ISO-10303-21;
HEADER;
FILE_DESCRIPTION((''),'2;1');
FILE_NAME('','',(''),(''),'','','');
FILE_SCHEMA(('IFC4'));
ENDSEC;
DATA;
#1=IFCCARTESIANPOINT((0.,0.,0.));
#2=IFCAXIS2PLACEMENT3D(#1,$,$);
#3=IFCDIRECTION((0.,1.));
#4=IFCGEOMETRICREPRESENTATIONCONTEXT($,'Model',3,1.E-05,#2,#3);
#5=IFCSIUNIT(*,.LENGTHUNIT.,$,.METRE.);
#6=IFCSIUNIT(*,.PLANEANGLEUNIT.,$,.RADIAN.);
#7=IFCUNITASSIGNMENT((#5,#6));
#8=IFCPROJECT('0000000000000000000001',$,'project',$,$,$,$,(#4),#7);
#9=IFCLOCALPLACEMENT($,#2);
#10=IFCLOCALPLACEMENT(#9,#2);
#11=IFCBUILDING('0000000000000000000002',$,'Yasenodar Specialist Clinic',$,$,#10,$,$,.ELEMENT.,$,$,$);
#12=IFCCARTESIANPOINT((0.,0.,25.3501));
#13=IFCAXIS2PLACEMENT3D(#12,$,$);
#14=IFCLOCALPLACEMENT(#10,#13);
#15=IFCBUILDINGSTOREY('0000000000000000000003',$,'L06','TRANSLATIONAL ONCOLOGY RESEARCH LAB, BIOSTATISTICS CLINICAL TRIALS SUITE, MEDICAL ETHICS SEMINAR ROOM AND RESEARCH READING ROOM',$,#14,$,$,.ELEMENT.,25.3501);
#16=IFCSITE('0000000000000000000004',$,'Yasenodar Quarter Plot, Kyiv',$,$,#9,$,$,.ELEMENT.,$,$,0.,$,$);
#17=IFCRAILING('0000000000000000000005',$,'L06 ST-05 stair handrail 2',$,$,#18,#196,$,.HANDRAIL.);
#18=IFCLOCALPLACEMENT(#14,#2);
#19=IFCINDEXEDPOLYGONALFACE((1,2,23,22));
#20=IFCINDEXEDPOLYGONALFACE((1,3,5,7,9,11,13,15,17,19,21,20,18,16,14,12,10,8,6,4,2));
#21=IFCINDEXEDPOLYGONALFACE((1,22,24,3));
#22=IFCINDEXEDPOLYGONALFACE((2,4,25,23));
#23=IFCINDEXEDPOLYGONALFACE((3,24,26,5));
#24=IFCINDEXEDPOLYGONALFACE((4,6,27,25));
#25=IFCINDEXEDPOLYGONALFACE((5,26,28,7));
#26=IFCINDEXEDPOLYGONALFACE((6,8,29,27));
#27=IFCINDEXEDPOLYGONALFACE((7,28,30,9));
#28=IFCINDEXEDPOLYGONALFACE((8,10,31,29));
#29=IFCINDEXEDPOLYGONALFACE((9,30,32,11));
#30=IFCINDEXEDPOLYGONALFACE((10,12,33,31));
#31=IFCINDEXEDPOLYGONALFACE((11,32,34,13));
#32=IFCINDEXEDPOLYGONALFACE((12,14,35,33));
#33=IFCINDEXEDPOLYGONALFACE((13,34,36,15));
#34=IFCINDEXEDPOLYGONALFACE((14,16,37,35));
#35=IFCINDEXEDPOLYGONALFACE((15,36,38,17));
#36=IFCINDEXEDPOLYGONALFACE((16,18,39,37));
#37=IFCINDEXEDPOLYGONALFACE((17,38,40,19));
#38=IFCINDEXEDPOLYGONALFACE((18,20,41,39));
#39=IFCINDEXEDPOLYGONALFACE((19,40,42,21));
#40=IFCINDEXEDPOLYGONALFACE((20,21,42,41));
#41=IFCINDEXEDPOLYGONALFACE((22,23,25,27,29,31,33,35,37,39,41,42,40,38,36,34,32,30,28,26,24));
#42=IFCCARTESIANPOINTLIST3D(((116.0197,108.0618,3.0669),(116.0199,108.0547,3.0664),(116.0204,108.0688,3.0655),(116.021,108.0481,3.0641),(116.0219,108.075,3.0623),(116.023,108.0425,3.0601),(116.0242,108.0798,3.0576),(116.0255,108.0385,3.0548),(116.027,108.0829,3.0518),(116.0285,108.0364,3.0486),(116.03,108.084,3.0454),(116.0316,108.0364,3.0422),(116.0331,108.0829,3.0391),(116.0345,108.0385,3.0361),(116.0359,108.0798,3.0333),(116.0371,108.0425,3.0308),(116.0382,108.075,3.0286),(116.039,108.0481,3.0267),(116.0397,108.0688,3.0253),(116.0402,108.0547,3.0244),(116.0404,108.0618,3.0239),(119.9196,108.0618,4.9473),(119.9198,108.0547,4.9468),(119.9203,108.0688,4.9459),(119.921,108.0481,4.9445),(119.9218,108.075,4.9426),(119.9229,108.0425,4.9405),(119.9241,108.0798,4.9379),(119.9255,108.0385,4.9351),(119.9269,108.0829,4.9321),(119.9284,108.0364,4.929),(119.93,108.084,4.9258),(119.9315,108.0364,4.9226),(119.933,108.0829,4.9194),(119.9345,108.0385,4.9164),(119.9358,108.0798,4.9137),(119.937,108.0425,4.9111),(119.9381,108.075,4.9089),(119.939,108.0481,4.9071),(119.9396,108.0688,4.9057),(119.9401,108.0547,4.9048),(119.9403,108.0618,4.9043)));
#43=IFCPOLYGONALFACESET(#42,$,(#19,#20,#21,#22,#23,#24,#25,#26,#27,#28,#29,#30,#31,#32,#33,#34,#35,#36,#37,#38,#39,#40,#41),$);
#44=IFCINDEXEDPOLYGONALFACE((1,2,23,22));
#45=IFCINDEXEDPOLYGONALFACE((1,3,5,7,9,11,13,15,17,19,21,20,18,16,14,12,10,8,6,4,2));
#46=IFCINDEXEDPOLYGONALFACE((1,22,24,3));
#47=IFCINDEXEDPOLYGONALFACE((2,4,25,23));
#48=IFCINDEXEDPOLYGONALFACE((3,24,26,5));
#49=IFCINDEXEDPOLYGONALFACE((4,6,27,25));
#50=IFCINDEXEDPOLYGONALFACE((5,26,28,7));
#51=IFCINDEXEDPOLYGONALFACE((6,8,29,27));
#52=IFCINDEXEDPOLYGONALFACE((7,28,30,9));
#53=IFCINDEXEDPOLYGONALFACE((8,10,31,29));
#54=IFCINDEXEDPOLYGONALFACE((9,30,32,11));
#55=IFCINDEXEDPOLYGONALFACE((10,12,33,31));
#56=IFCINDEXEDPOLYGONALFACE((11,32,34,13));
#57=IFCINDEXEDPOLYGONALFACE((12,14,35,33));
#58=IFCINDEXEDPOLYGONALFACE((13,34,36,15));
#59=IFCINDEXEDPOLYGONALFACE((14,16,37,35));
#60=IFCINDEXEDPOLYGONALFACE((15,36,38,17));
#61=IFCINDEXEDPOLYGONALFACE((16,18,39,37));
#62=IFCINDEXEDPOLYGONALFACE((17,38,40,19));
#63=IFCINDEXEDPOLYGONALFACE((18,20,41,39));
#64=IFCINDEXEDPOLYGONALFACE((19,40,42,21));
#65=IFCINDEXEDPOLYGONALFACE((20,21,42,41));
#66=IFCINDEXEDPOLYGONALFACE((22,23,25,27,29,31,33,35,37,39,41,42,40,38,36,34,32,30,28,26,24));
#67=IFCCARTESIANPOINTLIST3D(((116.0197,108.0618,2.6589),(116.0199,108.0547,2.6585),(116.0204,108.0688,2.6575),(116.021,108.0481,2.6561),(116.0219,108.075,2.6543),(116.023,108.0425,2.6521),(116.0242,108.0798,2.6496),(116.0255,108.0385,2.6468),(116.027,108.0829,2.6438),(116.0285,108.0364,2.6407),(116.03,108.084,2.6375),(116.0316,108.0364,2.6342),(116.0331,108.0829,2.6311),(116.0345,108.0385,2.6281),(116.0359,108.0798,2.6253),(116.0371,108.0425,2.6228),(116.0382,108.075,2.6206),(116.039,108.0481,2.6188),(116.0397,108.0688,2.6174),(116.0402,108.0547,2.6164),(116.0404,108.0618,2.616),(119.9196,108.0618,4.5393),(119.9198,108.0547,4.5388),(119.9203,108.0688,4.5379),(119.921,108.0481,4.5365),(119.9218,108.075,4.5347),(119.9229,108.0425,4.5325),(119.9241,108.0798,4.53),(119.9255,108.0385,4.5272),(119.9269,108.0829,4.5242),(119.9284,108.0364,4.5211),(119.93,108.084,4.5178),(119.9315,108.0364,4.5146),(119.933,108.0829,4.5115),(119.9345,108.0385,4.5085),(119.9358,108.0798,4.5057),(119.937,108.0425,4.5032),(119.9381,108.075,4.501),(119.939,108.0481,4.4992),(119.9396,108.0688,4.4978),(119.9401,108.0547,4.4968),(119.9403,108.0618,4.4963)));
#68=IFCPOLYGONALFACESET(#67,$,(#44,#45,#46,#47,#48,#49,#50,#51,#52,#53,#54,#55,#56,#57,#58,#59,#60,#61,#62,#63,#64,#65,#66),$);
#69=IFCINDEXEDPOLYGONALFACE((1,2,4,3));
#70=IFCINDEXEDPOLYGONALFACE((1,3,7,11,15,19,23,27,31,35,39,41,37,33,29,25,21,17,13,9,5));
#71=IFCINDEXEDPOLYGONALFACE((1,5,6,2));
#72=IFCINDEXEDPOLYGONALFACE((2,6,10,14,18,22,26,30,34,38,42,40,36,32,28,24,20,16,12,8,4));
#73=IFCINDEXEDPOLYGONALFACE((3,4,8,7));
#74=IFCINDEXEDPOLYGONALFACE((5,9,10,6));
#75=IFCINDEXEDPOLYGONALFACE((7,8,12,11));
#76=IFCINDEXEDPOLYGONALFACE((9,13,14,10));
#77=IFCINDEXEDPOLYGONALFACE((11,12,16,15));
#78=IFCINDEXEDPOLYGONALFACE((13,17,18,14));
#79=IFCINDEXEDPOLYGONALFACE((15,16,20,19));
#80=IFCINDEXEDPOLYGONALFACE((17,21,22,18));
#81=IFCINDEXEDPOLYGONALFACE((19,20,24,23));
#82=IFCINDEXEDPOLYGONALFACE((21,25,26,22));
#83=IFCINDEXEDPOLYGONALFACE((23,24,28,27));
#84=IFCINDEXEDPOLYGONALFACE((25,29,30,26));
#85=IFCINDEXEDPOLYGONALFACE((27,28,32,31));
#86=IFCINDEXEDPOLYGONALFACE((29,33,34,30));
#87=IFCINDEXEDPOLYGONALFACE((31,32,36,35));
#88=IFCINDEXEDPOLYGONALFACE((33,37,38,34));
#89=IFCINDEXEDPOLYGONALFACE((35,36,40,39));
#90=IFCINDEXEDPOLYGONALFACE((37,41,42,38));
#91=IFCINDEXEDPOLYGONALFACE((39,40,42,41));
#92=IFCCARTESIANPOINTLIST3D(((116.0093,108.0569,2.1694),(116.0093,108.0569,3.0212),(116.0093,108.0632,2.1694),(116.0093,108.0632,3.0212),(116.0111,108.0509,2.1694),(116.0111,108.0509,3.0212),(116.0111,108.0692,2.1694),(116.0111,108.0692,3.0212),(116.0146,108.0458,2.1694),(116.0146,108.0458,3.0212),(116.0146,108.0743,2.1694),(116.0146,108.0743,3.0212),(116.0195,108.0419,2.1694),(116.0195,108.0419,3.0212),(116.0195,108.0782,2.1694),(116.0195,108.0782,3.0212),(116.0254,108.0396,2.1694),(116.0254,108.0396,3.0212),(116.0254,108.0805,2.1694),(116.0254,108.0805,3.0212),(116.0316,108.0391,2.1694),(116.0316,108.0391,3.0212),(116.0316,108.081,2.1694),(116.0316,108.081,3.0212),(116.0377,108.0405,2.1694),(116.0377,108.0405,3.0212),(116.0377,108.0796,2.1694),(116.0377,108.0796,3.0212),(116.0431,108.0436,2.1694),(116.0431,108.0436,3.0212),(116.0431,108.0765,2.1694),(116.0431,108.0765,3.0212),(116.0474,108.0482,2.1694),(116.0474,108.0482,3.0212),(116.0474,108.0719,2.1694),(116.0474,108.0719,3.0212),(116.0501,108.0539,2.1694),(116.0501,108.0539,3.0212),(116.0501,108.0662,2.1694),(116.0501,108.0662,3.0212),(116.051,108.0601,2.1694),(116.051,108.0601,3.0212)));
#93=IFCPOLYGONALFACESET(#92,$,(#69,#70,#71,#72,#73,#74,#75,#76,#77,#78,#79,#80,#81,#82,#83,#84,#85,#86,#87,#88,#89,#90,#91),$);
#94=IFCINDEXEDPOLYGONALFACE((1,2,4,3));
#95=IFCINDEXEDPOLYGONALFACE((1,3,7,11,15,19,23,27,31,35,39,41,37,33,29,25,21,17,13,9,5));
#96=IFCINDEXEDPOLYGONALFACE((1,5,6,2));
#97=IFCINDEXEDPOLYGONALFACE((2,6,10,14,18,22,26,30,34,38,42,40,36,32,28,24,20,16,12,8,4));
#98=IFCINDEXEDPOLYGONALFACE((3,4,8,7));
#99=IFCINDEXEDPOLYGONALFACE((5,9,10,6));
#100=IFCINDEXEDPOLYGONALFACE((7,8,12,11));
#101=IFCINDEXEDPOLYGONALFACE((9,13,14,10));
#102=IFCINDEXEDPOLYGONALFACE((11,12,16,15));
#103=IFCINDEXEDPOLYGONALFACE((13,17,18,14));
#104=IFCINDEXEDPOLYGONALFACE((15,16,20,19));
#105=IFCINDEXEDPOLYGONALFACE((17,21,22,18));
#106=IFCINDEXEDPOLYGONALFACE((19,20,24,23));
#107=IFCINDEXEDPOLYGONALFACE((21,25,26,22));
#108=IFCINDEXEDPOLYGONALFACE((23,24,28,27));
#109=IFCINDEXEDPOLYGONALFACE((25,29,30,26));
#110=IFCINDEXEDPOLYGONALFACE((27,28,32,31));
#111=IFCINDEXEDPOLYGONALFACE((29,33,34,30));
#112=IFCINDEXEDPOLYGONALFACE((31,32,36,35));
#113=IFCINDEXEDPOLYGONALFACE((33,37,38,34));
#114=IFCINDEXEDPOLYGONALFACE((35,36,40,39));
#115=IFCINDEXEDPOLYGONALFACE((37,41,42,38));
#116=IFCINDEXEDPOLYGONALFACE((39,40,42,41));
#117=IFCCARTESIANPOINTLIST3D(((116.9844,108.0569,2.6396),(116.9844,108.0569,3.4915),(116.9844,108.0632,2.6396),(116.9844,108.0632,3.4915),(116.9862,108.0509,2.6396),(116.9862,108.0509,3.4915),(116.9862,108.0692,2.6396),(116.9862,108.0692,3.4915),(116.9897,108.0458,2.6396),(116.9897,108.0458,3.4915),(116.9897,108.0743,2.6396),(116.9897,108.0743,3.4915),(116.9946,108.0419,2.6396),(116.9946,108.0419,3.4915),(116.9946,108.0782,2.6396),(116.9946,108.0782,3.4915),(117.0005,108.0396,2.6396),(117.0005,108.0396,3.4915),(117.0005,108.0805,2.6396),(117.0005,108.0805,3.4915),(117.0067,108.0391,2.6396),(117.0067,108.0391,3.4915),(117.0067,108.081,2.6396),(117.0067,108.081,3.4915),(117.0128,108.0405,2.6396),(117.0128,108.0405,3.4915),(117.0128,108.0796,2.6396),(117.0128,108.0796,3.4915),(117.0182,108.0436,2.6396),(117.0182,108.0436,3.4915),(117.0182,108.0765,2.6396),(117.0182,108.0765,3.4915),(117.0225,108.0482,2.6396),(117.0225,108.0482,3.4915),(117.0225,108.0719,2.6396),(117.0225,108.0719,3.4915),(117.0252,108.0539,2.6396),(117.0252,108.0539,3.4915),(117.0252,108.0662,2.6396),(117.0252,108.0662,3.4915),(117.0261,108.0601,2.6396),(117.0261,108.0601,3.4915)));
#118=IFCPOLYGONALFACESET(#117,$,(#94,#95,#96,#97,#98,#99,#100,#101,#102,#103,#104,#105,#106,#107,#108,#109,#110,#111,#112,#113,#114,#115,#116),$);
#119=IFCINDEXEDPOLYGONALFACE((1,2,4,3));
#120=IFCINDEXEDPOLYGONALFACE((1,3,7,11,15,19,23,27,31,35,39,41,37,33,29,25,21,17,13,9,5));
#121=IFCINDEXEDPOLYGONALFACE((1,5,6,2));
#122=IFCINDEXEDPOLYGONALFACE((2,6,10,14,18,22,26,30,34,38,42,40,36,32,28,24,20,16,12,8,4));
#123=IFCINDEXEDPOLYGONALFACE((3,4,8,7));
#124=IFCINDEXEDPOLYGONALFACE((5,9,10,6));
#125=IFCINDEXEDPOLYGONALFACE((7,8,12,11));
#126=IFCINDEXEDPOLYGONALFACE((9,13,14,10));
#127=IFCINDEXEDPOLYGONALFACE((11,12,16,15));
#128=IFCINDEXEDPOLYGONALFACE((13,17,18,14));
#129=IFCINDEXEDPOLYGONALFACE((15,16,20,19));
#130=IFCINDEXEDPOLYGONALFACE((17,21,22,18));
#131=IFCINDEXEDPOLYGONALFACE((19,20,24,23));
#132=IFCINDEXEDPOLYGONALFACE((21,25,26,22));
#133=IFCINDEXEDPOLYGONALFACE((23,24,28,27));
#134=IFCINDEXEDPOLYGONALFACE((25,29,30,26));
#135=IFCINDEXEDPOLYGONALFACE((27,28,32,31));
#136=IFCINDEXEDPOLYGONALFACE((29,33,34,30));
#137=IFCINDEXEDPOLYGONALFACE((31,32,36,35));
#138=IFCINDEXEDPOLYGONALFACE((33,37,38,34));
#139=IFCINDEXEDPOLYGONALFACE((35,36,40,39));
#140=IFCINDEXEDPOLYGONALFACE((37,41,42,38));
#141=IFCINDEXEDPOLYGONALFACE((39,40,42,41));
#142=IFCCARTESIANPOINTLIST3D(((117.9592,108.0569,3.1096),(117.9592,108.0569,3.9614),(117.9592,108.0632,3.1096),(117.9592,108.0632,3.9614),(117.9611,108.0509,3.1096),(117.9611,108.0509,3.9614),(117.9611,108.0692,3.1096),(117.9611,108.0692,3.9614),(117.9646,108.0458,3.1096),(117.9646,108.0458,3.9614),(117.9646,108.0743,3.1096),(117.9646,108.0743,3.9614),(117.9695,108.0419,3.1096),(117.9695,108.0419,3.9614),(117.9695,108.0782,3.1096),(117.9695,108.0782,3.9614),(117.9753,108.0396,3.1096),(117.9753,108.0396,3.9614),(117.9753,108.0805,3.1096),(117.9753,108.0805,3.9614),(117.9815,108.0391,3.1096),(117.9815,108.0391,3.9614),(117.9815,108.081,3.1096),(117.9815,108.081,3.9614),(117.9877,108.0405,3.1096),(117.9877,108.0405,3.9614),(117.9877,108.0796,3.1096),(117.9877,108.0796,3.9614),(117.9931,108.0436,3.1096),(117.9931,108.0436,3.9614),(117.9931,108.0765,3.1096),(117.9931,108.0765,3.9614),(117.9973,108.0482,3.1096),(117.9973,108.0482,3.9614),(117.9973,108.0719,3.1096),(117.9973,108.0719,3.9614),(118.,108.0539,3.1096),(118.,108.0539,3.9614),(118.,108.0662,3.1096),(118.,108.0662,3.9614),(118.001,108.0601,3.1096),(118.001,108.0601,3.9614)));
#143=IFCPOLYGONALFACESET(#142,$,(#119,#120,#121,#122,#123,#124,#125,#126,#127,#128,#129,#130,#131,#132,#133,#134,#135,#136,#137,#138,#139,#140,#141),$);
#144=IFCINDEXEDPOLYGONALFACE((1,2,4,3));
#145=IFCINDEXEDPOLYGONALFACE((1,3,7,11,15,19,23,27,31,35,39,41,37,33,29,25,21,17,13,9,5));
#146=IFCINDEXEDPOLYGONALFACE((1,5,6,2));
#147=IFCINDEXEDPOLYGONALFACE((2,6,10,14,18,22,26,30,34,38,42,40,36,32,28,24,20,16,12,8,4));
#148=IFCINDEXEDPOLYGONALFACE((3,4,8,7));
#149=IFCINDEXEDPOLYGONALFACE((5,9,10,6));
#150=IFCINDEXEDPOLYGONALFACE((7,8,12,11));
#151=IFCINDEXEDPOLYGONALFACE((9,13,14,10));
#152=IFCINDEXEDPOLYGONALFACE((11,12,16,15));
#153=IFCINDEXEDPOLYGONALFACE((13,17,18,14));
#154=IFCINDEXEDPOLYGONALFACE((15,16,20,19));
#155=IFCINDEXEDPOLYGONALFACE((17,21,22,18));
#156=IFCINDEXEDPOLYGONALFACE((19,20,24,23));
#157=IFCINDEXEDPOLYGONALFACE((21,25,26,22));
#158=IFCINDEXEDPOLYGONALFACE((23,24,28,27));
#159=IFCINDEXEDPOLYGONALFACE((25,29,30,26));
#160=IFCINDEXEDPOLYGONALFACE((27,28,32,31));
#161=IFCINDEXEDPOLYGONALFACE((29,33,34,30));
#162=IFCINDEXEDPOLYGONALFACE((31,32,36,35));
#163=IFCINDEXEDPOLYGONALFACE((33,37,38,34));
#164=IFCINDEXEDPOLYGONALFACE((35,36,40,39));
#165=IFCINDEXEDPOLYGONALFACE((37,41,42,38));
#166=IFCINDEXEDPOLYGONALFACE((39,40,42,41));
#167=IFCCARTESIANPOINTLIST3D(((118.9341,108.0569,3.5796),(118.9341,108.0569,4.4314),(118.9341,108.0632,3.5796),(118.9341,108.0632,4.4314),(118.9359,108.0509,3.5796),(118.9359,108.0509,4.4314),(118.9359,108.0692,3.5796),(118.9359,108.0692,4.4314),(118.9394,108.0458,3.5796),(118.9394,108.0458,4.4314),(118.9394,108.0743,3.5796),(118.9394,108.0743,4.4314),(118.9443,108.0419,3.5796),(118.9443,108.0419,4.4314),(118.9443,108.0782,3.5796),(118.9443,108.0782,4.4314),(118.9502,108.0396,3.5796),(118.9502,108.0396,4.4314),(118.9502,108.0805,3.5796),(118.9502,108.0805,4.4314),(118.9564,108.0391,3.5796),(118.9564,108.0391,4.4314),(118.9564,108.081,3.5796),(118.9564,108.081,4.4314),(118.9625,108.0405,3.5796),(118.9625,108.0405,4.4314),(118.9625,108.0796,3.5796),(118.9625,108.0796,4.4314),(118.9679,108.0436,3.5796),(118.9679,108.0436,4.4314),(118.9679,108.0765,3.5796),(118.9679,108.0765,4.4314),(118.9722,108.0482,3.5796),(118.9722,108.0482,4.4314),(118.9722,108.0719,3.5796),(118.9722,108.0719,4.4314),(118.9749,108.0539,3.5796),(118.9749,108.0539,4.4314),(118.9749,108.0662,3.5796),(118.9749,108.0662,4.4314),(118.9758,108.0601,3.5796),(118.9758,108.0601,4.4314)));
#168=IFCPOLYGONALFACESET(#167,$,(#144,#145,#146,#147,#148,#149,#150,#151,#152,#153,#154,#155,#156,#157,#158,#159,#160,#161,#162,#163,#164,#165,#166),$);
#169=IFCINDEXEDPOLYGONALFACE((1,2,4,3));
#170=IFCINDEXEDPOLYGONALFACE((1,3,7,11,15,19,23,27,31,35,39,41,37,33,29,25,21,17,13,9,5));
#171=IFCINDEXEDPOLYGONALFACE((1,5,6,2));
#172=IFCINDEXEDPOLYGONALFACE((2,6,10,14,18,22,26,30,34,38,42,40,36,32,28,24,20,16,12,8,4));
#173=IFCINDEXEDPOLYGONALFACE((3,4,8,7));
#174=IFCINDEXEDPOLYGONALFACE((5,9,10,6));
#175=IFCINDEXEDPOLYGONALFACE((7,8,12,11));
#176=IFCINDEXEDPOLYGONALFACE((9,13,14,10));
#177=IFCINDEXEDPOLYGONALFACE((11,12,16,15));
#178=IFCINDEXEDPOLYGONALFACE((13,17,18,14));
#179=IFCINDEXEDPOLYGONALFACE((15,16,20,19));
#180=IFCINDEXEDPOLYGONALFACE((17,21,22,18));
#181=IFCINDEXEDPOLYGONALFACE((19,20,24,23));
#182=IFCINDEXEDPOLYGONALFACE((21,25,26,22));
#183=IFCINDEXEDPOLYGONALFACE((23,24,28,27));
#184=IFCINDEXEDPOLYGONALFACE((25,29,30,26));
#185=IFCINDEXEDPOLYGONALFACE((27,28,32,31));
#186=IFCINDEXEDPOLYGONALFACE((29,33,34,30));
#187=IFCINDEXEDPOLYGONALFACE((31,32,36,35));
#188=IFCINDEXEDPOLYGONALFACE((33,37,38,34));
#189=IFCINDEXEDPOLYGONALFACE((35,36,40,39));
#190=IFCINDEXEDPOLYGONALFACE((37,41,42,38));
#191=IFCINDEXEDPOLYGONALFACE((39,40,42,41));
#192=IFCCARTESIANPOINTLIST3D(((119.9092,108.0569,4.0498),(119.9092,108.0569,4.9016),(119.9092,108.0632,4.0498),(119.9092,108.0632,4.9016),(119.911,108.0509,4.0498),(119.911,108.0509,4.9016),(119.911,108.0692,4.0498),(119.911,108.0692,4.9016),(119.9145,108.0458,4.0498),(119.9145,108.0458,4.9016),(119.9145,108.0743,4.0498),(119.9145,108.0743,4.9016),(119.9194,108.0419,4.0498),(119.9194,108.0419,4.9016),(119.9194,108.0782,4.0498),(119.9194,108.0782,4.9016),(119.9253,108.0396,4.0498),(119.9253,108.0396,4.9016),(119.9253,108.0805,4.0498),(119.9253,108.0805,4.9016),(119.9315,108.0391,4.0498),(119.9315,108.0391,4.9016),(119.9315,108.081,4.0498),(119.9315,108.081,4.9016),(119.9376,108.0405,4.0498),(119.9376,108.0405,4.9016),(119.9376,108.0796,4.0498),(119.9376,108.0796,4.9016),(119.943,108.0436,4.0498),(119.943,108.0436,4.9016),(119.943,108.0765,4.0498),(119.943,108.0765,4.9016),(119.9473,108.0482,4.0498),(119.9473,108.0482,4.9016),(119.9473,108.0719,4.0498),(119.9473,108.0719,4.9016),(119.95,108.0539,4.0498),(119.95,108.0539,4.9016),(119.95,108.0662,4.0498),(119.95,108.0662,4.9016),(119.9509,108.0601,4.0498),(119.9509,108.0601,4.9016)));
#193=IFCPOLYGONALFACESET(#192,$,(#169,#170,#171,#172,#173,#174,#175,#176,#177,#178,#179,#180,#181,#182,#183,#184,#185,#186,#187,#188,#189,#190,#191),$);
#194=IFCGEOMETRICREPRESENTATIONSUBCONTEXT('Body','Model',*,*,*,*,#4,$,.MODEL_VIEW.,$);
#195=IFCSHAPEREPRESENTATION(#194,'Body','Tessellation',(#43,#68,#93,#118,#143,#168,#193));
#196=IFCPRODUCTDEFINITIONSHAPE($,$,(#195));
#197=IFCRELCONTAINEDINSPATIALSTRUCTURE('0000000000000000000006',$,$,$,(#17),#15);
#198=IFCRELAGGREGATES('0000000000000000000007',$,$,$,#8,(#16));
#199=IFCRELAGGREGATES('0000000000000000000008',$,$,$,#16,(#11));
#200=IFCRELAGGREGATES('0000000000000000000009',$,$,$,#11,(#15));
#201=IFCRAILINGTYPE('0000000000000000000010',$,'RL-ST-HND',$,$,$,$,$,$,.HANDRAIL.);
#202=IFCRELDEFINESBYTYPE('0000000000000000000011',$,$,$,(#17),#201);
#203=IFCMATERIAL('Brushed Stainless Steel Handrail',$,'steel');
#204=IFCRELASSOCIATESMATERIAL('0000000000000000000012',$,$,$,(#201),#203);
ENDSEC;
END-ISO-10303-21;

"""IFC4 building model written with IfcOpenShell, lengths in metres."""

from ifc_helpers import new_model, si_unit, direction, frame, origin, origin_2d, place, context, subcontext, project, spatial, circle, extrude, material, type_object, element, save


model = new_model("IFC4")

# Units and contexts
model_context = context("Model", 3, precision=1e-05, world=origin(), true_north=direction((0.0, 1.0)))
body_context = subcontext(model_context, "Body", "Model", "MODEL_VIEW")
ifc_project = project(units=[si_unit("LENGTHUNIT", "METRE"), si_unit("PLANEANGLEUNIT", "RADIAN")], contexts=[model_context])

# Site, building, storey
site_placement = place(None, origin())
site = spatial("IfcSite", under=ifc_project, at=site_placement, Name="Yasenodar Quarter Plot, Kyiv", CompositionType="ELEMENT", RefElevation=0.0)
building_placement = place(site_placement, origin())
building = spatial("IfcBuilding", under=site, at=building_placement, Name="Yasenodar Specialist Clinic", CompositionType="ELEMENT")
storey_placement = place(building_placement, frame((0.0, 0.0, 25.3501)))
storey = spatial("IfcBuildingStorey", under=building, at=storey_placement, Name="L06", Description="TRANSLATIONAL ONCOLOGY RESEARCH LAB, BIOSTATISTICS CLINICAL TRIALS SUITE, MEDICAL ETHICS SEMINAR ROOM AND RESEARCH READING ROOM", CompositionType="ELEMENT", Elevation=25.3501)

# Railing
ifc_material_1 = material(Name="Brushed Stainless Steel Handrail", Category="steel")
railing_type_1 = type_object("IfcRailingType", Name="RL-ST-HND", PredefinedType="HANDRAIL", material=ifc_material_1)
railing_1_placement = place(storey_placement, frame((116.03, 108.0601, 2.1694)))
element("IfcRailing", 1, at=railing_1_placement, inside=storey, type_object=railing_type_1, Name="L06 ST-05 stair handrail 2", PredefinedType="HANDRAIL", context=body_context, shape_type="SweptSolid", body=[
    extrude(circle(Radius=0.0239, at=origin_2d()), frame((0.0, 0.0, 0.876), z_axis=(0.900763, 0.0, 0.434311), x_axis=(0.0, 1.0, 0.0)), (0.0, 0.0, 1.0), 4.3296),
    extrude(circle(Radius=0.0239, at=origin_2d()), frame((0.0, 0.0, 0.468), z_axis=(0.900763, 0.0, 0.434311), x_axis=(0.0, 1.0, 0.0)), (0.0, 0.0, 1.0), 4.3296),
    extrude(circle(Radius=0.021, at=origin_2d()), origin(), (0.0, 0.0, 1.0), 0.8518),
    extrude(circle(Radius=0.021, at=origin_2d()), frame((0.9751, 0.0, 0.4702)), (0.0, 0.0, 1.0), 0.8518),
    extrude(circle(Radius=0.021, at=origin_2d()), frame((1.95, 0.0, 0.9402)), (0.0, 0.0, 1.0), 0.8518),
    extrude(circle(Radius=0.021, at=origin_2d()), frame((2.9248, 0.0, 1.4102)), (0.0, 0.0, 1.0), 0.8518),
    extrude(circle(Radius=0.021, at=origin_2d()), frame((3.8999, 0.0, 1.8804)), (0.0, 0.0, 1.0), 0.8518),
])

save(model, "model.ifc")
